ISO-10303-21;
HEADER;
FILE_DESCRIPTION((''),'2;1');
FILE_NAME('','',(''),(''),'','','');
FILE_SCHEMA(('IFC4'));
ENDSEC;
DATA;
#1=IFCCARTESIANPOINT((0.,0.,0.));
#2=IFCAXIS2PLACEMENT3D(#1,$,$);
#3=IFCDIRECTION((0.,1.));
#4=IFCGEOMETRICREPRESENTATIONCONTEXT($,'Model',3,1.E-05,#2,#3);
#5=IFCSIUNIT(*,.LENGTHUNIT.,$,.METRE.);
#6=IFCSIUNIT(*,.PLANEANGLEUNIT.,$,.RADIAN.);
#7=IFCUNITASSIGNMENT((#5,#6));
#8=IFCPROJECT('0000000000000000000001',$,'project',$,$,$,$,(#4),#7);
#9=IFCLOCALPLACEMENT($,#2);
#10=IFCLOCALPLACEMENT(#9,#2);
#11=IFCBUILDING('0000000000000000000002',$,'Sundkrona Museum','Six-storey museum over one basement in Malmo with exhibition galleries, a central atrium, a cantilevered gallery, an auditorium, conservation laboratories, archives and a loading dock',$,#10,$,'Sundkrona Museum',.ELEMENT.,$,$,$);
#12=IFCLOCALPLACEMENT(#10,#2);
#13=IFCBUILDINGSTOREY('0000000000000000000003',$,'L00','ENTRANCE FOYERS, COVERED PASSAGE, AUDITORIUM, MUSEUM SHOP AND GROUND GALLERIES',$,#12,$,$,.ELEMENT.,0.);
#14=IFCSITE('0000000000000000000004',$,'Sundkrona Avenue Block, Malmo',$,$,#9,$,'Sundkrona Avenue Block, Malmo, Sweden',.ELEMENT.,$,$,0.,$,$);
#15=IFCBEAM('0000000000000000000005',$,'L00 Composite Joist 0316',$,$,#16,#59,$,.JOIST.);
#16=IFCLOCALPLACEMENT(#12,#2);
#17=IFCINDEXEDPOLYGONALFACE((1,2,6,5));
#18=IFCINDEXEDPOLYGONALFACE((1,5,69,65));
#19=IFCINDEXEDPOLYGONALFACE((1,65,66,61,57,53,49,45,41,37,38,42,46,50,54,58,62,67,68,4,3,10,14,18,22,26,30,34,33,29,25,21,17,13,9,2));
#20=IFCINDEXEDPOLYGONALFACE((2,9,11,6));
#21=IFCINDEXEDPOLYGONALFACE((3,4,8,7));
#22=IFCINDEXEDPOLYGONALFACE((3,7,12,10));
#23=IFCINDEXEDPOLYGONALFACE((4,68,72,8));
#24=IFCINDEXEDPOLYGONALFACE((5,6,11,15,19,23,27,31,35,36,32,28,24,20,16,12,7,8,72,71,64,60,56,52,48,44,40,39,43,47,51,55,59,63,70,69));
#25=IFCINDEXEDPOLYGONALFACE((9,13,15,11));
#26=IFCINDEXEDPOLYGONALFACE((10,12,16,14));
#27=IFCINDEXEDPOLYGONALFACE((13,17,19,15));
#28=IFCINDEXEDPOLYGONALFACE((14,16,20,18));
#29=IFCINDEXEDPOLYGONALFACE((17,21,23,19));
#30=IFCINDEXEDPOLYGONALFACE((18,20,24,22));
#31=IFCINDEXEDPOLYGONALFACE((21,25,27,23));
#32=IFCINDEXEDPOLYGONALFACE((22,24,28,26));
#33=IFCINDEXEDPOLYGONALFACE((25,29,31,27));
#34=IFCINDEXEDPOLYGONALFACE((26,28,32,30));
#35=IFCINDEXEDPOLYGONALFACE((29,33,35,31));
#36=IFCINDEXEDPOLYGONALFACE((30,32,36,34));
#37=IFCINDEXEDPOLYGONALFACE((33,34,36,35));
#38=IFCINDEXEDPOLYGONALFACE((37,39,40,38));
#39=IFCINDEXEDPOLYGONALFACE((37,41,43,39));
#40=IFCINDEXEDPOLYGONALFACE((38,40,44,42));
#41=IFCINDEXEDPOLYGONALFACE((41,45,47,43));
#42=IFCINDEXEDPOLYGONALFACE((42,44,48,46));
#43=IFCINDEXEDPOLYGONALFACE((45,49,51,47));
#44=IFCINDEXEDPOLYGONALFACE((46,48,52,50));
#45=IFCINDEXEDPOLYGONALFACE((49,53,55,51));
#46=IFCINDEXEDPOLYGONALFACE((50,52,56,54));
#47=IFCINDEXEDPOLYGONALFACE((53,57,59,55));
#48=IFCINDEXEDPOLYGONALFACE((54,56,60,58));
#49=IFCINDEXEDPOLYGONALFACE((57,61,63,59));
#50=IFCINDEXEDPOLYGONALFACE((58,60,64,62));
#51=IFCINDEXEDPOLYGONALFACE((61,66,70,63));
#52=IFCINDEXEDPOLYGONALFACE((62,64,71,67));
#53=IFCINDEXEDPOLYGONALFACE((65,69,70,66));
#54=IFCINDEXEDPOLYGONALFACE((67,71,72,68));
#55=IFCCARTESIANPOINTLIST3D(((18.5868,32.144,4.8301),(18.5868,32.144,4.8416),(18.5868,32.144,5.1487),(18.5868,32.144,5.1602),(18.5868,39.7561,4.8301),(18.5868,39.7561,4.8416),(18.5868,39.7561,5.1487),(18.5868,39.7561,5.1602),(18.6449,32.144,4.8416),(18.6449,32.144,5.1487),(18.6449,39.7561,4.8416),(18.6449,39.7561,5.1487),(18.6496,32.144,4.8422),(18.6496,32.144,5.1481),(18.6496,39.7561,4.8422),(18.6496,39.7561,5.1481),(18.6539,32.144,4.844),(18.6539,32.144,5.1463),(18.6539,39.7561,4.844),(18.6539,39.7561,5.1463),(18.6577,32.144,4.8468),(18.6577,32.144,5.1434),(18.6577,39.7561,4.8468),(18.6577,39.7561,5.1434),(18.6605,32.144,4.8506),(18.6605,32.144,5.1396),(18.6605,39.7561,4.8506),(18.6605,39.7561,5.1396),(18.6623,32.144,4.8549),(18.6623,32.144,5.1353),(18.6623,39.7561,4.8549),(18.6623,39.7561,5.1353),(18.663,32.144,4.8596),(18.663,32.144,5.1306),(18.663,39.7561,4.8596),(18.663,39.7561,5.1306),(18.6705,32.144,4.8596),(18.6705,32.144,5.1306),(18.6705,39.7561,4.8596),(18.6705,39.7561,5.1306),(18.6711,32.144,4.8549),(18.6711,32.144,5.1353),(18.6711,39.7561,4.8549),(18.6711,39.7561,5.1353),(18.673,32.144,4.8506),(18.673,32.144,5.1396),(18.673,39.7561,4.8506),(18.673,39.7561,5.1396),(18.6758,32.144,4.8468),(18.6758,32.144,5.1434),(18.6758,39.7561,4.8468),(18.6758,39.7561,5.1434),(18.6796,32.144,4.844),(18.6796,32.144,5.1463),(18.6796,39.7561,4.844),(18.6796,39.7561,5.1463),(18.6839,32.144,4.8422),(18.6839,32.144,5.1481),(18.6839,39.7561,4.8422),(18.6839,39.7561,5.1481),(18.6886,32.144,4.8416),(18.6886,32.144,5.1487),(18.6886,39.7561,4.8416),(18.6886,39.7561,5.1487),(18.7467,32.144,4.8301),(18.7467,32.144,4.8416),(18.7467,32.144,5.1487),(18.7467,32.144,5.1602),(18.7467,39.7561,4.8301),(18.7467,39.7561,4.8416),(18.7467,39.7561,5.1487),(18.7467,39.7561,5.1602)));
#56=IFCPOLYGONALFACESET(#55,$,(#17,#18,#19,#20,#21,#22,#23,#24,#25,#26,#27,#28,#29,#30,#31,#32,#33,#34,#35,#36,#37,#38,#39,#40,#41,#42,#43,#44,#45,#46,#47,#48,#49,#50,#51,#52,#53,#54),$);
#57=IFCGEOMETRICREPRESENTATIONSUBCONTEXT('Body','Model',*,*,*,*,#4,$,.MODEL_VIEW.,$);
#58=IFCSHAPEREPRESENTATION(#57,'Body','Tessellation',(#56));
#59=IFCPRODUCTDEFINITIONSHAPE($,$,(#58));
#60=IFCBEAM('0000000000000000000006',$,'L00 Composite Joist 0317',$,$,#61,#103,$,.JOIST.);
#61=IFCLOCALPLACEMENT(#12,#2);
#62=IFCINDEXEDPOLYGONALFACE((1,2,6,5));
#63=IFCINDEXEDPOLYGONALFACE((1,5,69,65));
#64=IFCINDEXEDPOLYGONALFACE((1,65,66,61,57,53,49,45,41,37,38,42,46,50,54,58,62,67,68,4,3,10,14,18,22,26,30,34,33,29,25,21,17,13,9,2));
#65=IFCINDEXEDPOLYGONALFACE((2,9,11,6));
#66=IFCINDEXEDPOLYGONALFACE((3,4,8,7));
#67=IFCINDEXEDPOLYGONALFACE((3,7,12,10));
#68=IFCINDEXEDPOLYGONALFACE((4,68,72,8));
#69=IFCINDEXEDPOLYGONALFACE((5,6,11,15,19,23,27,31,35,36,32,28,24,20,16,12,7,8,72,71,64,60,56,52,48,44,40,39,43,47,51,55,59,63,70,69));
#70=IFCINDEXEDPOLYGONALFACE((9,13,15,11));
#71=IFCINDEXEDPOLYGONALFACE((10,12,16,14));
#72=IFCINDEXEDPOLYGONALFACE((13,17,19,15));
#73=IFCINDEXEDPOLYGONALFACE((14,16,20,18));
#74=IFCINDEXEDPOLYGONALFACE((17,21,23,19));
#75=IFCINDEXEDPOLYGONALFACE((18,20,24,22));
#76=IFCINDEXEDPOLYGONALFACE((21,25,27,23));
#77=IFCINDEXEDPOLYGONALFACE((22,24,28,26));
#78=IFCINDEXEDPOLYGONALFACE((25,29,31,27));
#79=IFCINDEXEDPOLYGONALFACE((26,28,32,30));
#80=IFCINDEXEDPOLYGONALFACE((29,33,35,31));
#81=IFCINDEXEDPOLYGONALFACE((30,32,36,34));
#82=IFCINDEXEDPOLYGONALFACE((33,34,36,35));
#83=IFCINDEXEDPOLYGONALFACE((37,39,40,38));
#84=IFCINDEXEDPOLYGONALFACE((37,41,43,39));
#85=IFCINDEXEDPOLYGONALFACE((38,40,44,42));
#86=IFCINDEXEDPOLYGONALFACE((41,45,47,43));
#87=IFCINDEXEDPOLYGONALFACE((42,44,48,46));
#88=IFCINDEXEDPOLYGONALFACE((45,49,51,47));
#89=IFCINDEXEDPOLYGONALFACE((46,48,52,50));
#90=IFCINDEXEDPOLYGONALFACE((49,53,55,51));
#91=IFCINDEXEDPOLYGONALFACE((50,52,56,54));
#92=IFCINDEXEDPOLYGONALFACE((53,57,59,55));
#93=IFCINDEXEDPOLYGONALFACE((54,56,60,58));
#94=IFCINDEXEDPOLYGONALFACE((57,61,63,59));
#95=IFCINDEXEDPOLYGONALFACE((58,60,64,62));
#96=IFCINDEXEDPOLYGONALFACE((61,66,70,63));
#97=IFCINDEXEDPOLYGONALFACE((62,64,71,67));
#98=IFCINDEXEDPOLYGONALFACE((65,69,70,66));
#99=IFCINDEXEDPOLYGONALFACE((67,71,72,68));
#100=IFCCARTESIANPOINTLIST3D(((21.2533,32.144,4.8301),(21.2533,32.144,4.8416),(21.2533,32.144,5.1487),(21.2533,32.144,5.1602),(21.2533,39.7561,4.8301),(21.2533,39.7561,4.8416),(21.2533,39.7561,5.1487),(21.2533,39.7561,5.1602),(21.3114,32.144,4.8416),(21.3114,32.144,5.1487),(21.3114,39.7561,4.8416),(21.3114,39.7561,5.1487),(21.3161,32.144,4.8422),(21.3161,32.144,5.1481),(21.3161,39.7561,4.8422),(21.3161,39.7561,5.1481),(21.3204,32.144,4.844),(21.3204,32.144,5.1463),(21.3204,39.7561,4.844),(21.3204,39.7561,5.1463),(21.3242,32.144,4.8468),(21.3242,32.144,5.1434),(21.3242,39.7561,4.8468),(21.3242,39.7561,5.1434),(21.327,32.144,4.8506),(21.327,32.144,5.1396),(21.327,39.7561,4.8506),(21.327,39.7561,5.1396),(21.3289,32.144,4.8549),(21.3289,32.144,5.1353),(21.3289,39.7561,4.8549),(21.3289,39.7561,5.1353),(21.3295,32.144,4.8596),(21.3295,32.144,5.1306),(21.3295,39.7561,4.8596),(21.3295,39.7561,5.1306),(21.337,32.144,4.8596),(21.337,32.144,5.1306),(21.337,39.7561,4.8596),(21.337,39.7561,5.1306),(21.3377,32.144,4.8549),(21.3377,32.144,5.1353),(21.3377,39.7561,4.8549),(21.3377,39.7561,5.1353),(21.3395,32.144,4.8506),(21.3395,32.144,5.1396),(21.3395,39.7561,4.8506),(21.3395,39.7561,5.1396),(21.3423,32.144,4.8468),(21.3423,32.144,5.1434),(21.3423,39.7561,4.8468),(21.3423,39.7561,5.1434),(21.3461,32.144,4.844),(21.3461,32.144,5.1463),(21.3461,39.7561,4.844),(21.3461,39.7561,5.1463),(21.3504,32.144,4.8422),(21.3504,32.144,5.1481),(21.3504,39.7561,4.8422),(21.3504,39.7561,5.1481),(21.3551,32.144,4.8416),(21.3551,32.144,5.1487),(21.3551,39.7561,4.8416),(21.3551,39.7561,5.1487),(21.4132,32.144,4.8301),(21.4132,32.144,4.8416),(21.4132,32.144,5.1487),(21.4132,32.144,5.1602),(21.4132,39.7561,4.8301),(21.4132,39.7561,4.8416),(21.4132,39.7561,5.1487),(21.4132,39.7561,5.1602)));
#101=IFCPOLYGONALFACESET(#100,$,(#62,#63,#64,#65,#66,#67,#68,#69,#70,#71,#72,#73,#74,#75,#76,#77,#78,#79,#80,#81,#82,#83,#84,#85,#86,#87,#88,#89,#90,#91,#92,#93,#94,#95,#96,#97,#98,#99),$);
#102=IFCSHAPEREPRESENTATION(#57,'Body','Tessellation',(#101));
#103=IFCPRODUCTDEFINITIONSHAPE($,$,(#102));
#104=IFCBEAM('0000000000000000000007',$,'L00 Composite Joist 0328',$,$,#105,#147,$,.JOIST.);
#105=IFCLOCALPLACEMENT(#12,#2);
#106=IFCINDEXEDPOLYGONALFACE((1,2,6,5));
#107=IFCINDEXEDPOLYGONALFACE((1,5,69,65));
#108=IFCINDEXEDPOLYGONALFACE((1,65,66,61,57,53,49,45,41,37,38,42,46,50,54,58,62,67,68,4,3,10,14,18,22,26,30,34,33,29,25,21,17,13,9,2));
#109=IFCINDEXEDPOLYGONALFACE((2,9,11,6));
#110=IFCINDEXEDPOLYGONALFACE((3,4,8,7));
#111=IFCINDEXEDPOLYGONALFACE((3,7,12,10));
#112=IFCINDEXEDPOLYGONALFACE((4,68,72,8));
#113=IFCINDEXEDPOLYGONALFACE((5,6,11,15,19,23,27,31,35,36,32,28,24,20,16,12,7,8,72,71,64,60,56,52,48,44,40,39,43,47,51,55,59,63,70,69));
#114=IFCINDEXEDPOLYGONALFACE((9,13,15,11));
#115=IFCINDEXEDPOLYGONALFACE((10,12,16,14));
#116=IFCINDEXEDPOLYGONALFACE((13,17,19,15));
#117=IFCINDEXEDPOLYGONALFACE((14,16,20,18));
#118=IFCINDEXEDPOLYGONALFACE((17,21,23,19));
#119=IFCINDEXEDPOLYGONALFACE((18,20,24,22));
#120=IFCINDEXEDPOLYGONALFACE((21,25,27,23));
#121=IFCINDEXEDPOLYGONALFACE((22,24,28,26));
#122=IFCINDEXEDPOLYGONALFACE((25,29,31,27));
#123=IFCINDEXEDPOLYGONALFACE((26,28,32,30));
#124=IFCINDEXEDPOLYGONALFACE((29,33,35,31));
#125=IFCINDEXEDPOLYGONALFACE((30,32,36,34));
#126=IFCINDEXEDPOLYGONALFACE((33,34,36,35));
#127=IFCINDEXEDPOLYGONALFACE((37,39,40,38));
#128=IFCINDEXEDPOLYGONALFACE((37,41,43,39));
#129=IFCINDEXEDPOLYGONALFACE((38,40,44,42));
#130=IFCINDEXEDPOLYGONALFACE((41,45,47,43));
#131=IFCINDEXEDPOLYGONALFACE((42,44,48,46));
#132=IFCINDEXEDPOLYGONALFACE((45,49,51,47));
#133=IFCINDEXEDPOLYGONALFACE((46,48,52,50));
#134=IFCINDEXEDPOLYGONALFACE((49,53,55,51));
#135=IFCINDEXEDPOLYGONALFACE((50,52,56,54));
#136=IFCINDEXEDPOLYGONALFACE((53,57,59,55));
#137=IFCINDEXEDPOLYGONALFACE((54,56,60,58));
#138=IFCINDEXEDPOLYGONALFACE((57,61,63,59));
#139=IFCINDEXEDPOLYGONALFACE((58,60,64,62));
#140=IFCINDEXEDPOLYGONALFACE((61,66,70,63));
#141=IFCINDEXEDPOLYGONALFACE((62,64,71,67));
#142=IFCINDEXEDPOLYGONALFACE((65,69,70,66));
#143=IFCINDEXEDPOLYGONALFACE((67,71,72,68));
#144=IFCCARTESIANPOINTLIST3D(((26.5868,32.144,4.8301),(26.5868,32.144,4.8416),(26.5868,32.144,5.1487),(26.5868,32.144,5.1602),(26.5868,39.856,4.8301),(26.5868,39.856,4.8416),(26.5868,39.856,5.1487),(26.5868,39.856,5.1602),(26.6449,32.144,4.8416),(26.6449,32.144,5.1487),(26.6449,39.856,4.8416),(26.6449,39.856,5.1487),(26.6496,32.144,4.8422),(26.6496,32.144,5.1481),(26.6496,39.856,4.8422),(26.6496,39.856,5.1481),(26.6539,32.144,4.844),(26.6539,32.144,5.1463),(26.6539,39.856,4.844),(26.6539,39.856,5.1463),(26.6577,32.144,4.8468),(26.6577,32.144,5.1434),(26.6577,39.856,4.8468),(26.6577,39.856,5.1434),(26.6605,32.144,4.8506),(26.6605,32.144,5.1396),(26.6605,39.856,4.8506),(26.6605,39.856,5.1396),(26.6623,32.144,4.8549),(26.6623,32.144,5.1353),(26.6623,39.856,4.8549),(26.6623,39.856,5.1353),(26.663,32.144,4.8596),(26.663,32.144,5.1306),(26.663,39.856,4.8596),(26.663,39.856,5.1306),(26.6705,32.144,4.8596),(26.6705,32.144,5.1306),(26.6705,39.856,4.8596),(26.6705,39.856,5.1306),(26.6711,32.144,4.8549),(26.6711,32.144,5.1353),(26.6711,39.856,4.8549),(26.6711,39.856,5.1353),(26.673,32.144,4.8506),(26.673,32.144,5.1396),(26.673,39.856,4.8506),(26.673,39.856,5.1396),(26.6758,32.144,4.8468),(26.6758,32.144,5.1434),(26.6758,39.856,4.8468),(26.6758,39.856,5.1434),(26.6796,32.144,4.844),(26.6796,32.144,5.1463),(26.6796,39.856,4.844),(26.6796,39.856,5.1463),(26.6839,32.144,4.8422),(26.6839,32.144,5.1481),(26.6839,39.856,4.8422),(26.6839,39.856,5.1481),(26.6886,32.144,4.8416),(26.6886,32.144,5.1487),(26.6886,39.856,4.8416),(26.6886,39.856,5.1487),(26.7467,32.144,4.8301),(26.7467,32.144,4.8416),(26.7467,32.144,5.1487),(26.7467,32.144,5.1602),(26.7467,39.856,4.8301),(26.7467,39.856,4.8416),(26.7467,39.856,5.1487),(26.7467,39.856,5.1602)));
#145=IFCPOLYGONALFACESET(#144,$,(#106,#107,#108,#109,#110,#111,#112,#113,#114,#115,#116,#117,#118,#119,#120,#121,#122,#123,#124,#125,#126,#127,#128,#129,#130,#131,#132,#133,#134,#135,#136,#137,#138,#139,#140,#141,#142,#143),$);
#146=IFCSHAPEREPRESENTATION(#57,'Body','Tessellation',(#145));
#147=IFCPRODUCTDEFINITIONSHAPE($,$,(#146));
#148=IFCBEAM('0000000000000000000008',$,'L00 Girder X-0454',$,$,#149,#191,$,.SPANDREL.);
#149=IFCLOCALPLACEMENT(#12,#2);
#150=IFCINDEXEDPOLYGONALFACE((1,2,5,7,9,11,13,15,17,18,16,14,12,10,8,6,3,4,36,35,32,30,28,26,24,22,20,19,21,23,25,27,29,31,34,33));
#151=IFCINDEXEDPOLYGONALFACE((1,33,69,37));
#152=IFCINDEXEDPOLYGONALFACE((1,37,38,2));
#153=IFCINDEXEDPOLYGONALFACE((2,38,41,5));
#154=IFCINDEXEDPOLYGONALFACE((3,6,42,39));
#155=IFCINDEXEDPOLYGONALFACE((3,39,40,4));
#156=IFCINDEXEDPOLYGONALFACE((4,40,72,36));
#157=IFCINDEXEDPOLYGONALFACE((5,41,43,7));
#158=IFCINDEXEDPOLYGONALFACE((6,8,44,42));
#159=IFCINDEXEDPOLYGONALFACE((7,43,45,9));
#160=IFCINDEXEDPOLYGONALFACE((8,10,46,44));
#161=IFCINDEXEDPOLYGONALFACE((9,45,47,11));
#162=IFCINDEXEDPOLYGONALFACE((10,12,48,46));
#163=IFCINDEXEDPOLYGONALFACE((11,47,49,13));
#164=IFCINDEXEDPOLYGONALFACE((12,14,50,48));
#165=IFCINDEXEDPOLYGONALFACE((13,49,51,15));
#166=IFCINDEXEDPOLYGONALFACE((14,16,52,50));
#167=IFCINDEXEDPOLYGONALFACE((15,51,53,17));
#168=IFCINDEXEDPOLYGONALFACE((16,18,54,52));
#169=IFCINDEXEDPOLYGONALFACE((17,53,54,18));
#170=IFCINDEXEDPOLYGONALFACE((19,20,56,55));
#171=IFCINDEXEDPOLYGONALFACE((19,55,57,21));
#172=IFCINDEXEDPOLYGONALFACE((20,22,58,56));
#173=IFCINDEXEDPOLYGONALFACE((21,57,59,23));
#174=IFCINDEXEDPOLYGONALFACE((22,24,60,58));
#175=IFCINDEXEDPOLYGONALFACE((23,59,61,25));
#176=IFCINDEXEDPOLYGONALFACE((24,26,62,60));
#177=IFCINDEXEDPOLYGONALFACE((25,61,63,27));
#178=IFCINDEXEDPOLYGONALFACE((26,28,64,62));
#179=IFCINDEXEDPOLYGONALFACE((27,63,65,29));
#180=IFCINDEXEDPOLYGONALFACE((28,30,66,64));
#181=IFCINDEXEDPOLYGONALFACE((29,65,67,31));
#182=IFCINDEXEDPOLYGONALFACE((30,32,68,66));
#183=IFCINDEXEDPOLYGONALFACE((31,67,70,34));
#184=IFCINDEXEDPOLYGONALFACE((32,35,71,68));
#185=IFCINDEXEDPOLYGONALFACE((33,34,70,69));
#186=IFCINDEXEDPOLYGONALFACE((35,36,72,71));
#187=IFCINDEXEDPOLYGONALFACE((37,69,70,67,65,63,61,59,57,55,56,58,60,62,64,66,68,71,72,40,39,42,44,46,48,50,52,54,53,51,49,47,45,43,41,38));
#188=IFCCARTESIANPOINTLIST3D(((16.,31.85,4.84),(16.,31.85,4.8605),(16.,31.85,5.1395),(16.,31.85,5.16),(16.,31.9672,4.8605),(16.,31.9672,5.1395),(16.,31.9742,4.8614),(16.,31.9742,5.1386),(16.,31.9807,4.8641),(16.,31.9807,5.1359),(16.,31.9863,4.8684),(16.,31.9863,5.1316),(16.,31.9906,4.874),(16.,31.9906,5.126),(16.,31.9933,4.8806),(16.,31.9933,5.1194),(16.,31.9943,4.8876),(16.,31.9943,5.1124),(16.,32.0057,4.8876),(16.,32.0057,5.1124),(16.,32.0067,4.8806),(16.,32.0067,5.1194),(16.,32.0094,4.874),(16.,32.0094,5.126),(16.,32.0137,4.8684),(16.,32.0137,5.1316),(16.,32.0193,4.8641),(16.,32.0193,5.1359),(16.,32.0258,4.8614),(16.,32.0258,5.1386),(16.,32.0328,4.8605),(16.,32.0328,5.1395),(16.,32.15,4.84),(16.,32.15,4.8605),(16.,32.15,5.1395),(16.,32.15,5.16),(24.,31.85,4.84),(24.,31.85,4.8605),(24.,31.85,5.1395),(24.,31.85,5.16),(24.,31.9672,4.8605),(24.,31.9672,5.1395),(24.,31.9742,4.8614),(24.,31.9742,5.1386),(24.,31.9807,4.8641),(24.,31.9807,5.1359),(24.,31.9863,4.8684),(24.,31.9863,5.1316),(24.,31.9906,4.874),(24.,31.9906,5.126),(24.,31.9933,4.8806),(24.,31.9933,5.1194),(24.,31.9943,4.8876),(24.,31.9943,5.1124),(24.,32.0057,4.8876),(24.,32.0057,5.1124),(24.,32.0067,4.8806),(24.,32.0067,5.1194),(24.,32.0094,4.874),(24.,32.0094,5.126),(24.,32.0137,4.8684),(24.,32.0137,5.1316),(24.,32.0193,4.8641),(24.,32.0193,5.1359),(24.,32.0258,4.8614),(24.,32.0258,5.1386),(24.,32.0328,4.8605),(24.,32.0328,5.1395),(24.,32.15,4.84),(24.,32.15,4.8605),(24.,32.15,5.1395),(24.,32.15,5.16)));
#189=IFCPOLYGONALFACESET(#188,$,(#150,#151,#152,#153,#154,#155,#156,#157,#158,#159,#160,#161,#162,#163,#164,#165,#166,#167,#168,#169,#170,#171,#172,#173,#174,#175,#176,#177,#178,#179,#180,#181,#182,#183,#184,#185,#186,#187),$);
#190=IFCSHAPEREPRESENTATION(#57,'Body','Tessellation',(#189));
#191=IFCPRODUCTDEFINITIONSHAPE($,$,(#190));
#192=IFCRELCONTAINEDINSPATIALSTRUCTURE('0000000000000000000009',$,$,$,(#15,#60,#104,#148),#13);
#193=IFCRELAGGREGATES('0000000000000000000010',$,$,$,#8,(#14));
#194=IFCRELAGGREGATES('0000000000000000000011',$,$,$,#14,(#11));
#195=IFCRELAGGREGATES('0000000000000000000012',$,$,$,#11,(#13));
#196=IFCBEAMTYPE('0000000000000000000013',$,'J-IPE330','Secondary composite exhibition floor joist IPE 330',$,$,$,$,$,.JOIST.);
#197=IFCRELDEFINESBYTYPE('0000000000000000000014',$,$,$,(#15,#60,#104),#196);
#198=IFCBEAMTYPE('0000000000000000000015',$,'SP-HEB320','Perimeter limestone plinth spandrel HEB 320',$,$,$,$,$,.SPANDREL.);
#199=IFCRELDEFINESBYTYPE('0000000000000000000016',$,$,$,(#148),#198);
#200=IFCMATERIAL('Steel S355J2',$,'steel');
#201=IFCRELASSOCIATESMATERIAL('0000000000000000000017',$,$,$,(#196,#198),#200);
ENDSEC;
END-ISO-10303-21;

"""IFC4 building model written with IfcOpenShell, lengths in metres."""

from ifc_helpers import new_model, si_unit, direction, frame, origin, origin_2d, place, context, subcontext, project, spatial, i_section, extrude, material, material_profile, profile_set, type_object, element, save


model = new_model("IFC4")

# Units and contexts
model_context = context("Model", 3, precision=1e-05, world=origin(), true_north=direction((0.0, 1.0)))
body_context = subcontext(model_context, "Body", "Model", "MODEL_VIEW")
ifc_project = project(units=[si_unit("LENGTHUNIT", "METRE"), si_unit("PLANEANGLEUNIT", "RADIAN")], contexts=[model_context])

# Site, building, storey
site_placement = place(None, origin())
site = spatial("IfcSite", under=ifc_project, at=site_placement, Name="Sundkrona Avenue Block, Malmo", LongName="Sundkrona Avenue Block, Malmo, Sweden", CompositionType="ELEMENT", RefElevation=0.0)
building_placement = place(site_placement, origin())
building = spatial("IfcBuilding", under=site, at=building_placement, Name="Sundkrona Museum", Description="Six-storey museum over one basement in Malmo with exhibition galleries, a central atrium, a cantilevered gallery, an auditorium, conservation laboratories, archives and a loading dock", LongName="Sundkrona Museum", CompositionType="ELEMENT")
storey_placement = place(building_placement, origin())
storey = spatial("IfcBuildingStorey", under=building, at=storey_placement, Name="L00", Description="ENTRANCE FOYERS, COVERED PASSAGE, AUDITORIUM, MUSEUM SHOP AND GROUND GALLERIES", CompositionType="ELEMENT", Elevation=0.0)

# Beams
ifc_material_1 = material(Name="Steel S355J2", Category="steel")
ifc_material_profile_1 = material_profile(ifc_material_1, i_section(OverallWidth=0.1599, OverallDepth=0.3301, WebThickness=0.0076, FlangeThickness=0.0115, FilletRadius=0.0181, at=origin_2d()), Name="IPE 330")
ifc_profile_set_1 = profile_set([ifc_material_profile_1], Name="Steel S355J2")
beam_type_1 = type_object("IfcBeamType", Name="J-IPE330", Description="Secondary composite exhibition floor joist IPE 330", PredefinedType="JOIST", material=ifc_profile_set_1)
for number, where, z_axis, x_axis, name in (
    (1, (18.6667, 32.144, 4.9951), (0.0, 1.0, 0.0), (-1.0, 0.0, 0.0), "L00 Composite Joist 0316"),
    (2, (21.3333, 32.144, 4.9951), (0.0, 1.0, 0.0), (-1.0, 0.0, 0.0), "L00 Composite Joist 0317"),
):
    element("IfcBeam", number, at=place(storey_placement, frame(where, z_axis=z_axis, x_axis=x_axis)), inside=storey, type_object=beam_type_1, Name=name, PredefinedType="JOIST", context=body_context, shape_type="SweptSolid", body=[
        extrude(i_section(OverallWidth=0.1599, OverallDepth=0.3301, WebThickness=0.0076, FlangeThickness=0.0115, FilletRadius=0.0181, at=origin_2d()), origin(), (0.0, 0.0, 1.0), 7.6121),
    ])
beam_1_placement = place(storey_placement, frame((26.6667, 32.144, 4.9951), z_axis=(0.0, 1.0, 0.0), x_axis=(-1.0, 0.0, 0.0)))
element("IfcBeam", 3, at=beam_1_placement, inside=storey, type_object=beam_type_1, Name="L00 Composite Joist 0328", PredefinedType="JOIST", context=body_context, shape_type="SweptSolid", body=[
    extrude(i_section(OverallWidth=0.1599, OverallDepth=0.3301, WebThickness=0.0076, FlangeThickness=0.0115, FilletRadius=0.0181, at=origin_2d()), origin(), (0.0, 0.0, 1.0), 7.7119),
])
ifc_material_profile_2 = material_profile(ifc_material_1, i_section(OverallWidth=0.3, OverallDepth=0.3201, WebThickness=0.0115, FlangeThickness=0.0205, FilletRadius=0.0271, at=origin_2d()), Name="HEB 320")
ifc_profile_set_2 = profile_set([ifc_material_profile_2], Name="Steel S355J2")
beam_type_2 = type_object("IfcBeamType", Name="SP-HEB320", Description="Perimeter limestone plinth spandrel HEB 320", PredefinedType="SPANDREL", material=ifc_profile_set_2)
for number, where, z_axis, x_axis, name in (
    (4, (16.0, 32.0, 5.0), (1.0, 0.0, 0.0), (0.0, 1.0, 0.0), "L00 Girder X-0454"),
):
    element("IfcBeam", number, at=place(storey_placement, frame(where, z_axis=z_axis, x_axis=x_axis)), inside=storey, type_object=beam_type_2, Name=name, PredefinedType="SPANDREL", context=body_context, shape_type="SweptSolid", body=[
        extrude(i_section(OverallWidth=0.3, OverallDepth=0.3201, WebThickness=0.0115, FlangeThickness=0.0205, FilletRadius=0.0271, at=origin_2d()), origin(), (0.0, 0.0, 1.0), 8.0),
    ])

save(model, "model.ifc")
